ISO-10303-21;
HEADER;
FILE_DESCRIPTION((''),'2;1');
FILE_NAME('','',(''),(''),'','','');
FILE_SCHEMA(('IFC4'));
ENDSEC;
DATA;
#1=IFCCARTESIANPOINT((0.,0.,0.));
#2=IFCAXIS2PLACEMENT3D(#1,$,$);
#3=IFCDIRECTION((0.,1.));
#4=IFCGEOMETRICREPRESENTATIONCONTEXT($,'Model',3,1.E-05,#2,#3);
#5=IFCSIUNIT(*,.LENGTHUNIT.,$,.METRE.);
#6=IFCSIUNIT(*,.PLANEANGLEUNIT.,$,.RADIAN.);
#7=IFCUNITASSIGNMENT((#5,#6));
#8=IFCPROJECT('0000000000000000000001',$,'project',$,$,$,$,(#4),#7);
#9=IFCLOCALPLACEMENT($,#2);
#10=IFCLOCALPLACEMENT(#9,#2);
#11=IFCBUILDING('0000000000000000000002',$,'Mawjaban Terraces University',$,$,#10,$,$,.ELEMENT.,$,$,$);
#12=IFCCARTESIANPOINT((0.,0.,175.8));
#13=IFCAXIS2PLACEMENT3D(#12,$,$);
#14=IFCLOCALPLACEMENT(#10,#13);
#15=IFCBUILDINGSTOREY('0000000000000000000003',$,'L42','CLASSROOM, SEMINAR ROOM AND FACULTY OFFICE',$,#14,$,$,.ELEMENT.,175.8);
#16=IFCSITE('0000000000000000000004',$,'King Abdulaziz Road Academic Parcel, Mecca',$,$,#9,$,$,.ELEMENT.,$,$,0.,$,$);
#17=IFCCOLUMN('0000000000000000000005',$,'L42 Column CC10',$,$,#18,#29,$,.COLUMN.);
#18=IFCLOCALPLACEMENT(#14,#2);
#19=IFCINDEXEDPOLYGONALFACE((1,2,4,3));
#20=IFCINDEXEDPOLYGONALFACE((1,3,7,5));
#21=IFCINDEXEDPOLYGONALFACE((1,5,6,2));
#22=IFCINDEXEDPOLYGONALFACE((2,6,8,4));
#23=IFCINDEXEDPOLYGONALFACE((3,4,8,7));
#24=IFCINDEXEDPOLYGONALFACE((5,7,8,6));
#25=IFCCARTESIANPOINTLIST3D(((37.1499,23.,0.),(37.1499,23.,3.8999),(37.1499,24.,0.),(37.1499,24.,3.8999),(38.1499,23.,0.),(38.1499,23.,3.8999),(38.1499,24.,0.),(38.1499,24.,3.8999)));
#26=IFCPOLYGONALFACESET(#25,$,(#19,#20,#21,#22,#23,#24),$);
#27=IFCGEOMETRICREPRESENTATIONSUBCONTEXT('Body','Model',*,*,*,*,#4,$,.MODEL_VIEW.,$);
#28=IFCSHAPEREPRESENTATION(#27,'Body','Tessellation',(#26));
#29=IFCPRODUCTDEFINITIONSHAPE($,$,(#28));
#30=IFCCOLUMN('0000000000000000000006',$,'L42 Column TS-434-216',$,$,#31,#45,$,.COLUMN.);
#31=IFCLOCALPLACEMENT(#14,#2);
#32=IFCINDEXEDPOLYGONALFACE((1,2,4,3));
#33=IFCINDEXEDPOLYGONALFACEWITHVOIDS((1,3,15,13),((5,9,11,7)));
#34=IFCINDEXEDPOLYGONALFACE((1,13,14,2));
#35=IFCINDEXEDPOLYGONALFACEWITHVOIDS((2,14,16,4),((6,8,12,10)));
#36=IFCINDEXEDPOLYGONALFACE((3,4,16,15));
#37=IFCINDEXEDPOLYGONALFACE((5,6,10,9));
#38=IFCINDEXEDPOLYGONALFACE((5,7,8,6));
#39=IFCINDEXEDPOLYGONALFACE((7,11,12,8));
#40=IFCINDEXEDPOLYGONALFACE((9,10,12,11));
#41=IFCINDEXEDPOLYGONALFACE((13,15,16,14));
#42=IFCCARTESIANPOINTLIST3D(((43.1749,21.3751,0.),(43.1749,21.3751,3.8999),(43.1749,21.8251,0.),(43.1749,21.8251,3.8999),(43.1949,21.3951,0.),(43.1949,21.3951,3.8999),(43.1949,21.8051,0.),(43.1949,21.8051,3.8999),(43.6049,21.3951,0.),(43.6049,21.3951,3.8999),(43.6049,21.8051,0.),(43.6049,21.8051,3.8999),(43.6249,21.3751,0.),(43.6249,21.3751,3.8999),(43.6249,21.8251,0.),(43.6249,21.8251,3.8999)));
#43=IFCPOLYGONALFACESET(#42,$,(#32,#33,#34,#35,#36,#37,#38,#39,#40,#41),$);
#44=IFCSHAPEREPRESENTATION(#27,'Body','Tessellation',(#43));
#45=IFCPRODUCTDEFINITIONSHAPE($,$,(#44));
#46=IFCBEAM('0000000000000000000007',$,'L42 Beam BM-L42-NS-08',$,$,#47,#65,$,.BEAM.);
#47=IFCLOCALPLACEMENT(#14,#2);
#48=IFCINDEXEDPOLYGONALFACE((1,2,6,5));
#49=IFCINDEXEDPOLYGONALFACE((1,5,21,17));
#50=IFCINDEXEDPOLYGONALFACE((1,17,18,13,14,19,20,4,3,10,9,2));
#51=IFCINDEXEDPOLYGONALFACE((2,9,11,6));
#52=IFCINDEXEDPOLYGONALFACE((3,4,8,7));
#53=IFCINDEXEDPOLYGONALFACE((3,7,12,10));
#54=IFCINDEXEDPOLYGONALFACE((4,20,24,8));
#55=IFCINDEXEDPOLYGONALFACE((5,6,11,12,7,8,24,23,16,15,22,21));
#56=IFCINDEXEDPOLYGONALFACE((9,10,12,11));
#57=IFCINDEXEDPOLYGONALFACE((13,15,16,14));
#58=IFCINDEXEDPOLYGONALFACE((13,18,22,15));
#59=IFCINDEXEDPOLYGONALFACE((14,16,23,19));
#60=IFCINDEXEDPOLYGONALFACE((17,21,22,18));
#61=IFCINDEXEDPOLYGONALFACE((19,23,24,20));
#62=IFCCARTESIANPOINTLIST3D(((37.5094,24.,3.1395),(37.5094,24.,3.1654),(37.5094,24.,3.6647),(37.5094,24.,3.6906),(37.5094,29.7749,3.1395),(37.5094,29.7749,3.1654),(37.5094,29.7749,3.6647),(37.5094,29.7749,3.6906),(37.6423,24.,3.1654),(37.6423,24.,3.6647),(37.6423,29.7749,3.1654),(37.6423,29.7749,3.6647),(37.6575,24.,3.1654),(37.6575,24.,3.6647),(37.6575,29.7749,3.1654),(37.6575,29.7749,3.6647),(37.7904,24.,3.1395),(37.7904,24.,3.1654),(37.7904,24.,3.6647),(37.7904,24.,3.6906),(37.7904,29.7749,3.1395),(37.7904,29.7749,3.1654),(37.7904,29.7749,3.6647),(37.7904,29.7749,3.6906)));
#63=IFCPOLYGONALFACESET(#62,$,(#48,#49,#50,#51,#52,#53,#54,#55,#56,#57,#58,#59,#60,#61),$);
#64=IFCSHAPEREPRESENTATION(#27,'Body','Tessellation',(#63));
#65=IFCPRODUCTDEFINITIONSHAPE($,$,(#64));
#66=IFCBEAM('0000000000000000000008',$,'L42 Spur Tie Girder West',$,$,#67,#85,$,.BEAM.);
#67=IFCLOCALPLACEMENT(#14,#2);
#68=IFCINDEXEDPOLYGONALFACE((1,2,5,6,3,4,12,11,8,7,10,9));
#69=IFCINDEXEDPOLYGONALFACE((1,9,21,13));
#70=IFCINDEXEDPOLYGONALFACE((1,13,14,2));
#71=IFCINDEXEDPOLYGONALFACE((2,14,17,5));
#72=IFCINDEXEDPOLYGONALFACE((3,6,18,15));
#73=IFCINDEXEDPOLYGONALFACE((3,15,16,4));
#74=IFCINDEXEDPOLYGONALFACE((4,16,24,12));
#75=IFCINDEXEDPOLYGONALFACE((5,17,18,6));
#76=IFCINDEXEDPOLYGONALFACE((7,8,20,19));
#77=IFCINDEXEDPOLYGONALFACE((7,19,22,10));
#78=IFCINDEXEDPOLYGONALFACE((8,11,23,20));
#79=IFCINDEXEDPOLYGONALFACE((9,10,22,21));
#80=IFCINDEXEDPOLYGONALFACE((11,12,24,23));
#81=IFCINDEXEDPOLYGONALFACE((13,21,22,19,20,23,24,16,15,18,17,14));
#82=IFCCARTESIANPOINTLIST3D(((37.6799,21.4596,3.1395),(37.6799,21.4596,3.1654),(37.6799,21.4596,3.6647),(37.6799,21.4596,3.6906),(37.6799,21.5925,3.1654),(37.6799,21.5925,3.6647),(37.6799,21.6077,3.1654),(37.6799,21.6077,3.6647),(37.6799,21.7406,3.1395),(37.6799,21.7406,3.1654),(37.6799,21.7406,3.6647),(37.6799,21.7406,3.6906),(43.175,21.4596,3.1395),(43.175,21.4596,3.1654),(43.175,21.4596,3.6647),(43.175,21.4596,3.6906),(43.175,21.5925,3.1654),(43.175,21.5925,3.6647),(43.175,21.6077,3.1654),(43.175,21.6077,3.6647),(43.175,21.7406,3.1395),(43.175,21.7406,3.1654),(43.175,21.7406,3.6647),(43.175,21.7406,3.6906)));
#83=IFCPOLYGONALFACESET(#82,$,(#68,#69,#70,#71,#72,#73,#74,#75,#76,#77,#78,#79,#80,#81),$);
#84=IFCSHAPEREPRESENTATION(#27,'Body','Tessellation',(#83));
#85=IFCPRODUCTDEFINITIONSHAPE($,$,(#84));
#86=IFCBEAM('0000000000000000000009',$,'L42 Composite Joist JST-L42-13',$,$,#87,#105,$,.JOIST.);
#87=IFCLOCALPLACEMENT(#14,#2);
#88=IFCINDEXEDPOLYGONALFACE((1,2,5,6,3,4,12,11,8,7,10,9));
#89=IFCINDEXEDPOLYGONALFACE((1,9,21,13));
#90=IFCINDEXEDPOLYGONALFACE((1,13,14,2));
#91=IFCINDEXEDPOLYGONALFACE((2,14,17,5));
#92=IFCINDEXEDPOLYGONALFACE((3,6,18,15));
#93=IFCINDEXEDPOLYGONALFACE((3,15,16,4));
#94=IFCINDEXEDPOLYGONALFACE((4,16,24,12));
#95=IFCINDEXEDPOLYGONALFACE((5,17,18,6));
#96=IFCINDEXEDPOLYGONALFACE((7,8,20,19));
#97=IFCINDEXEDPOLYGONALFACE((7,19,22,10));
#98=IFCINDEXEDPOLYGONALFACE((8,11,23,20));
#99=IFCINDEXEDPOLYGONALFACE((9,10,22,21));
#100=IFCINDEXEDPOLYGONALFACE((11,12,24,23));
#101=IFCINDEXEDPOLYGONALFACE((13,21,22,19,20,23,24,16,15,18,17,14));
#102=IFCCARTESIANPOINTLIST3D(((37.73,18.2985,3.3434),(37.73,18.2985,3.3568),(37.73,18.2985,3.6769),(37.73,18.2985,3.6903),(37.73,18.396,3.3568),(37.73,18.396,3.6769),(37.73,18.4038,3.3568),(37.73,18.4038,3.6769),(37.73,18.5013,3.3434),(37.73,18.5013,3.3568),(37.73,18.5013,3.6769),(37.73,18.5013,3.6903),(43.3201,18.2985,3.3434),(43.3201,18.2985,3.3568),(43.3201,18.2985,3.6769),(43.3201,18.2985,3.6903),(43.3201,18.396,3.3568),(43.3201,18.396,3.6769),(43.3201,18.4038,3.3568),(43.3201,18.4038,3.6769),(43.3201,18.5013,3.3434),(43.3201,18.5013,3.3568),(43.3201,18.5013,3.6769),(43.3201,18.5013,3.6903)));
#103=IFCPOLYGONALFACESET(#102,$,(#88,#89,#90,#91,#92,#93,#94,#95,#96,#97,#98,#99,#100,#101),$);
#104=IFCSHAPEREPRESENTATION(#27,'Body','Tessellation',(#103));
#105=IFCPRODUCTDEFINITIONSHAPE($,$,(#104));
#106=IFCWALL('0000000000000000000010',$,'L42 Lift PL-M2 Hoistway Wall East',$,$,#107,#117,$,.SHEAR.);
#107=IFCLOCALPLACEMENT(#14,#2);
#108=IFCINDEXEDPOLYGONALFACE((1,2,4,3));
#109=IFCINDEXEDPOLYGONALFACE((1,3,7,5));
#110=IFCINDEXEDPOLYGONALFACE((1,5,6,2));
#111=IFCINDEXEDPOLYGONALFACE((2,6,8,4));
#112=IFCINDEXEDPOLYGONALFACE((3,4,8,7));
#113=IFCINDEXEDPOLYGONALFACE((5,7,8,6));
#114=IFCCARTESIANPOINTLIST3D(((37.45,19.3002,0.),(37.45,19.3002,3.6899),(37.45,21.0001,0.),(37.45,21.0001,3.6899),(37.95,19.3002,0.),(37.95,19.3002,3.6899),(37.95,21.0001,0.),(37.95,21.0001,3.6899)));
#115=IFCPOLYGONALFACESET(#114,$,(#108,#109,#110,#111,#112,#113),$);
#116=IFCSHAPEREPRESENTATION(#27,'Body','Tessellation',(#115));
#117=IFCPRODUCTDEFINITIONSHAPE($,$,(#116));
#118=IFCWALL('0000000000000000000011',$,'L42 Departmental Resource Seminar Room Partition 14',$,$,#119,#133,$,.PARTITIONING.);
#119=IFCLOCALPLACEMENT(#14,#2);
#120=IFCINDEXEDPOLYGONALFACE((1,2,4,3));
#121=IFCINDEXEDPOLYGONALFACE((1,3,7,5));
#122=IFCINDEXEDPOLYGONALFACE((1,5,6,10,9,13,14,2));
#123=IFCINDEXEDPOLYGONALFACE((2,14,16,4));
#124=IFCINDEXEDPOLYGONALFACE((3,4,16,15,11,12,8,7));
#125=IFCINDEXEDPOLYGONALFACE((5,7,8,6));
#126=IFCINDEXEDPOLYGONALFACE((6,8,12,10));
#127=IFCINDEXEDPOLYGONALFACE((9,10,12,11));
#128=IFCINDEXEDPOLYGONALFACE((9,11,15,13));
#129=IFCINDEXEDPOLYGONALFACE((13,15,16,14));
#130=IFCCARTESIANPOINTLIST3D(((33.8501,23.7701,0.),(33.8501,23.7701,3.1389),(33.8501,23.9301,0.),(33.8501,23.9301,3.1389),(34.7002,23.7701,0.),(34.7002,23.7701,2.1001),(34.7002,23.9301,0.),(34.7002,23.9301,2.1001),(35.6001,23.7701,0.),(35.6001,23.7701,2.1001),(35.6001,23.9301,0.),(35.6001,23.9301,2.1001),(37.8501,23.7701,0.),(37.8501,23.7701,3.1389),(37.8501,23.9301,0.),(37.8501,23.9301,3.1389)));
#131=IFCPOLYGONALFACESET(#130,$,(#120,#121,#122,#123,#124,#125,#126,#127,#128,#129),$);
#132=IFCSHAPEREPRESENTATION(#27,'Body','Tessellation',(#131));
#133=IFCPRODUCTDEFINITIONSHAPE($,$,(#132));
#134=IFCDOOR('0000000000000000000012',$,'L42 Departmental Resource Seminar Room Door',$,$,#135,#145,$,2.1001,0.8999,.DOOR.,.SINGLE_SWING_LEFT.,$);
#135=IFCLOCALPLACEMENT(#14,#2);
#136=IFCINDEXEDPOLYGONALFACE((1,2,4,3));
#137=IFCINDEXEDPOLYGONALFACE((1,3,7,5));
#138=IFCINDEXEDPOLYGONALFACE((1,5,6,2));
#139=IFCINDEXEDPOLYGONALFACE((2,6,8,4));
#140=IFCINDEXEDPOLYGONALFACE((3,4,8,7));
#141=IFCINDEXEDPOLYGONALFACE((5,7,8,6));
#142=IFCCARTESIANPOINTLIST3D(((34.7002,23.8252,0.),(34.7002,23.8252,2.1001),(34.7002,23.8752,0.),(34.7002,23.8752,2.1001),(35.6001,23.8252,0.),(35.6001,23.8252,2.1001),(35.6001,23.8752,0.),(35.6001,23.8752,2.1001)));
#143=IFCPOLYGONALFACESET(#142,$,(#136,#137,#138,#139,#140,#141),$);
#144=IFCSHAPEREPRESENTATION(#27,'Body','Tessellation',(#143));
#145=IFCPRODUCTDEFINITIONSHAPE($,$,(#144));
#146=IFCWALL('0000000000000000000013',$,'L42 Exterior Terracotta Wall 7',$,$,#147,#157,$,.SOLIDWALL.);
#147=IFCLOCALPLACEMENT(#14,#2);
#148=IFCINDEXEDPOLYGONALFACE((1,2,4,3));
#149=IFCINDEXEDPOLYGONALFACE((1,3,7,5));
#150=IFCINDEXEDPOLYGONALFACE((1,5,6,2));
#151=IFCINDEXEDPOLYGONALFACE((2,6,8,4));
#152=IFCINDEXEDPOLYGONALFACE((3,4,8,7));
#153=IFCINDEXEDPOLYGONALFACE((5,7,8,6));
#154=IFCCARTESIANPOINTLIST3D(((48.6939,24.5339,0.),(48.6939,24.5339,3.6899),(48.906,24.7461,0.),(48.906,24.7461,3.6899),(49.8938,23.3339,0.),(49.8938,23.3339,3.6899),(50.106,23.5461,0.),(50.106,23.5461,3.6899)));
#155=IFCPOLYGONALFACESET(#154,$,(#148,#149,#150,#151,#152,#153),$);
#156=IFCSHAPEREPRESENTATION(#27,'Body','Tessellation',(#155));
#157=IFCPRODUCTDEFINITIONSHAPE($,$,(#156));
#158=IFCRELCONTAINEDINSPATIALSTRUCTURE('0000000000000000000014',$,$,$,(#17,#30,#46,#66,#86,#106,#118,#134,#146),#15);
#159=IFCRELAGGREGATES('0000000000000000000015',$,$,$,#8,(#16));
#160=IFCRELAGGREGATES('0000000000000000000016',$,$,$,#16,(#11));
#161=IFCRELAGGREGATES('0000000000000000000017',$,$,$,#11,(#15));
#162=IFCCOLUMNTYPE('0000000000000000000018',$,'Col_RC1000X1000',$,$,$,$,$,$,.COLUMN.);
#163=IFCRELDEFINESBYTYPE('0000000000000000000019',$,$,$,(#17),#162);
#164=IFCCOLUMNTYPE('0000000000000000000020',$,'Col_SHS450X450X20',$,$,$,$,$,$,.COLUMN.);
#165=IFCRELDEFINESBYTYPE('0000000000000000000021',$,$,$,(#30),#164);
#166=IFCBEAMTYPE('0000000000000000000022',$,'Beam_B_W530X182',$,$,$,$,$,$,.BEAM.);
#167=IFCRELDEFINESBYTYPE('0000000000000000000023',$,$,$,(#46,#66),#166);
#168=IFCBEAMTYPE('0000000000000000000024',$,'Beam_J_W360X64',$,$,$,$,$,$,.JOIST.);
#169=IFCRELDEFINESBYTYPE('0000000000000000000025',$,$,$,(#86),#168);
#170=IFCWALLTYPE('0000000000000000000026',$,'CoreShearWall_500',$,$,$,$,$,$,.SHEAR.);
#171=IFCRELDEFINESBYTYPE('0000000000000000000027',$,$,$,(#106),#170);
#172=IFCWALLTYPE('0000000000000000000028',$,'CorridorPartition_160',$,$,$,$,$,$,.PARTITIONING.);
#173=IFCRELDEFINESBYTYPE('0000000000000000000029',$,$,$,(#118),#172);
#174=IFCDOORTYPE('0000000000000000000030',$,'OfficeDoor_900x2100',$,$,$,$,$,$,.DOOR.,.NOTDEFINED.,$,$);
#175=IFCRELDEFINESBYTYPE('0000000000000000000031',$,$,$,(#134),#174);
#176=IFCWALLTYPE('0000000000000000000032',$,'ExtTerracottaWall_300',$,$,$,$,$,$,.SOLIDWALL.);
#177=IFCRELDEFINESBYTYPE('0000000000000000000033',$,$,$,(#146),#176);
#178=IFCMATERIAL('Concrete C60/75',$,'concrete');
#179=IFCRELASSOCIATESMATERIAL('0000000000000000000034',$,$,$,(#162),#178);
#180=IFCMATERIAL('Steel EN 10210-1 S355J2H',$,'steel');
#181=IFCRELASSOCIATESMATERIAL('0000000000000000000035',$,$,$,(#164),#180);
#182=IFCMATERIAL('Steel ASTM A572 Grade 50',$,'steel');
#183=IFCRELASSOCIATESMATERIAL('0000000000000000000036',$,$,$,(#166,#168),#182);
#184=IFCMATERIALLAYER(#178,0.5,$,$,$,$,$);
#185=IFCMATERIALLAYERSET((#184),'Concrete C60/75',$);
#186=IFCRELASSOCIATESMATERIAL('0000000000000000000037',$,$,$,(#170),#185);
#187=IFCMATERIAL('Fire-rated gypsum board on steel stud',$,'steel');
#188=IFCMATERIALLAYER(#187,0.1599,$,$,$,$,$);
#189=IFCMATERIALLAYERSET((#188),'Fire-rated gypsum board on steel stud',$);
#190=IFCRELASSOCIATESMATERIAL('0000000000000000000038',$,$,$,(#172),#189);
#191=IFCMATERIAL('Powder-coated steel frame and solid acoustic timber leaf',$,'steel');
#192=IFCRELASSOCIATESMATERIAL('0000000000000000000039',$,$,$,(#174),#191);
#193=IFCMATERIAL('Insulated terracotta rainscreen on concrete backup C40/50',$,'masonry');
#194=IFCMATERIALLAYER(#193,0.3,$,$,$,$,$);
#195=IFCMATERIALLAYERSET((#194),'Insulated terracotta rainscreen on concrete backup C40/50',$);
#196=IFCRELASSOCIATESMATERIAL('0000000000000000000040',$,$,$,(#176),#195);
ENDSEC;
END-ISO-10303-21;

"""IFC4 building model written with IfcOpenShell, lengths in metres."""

from ifc_helpers import new_model, si_unit, direction, frame, frame_2d, origin, origin_2d, place, context, subcontext, project, spatial, rectangle, hollow_rectangle, i_section, extrude, material, layer, layer_set, material_profile, profile_set, type_object, element, fill, save


model = new_model("IFC4")

# Units and contexts
model_context = context("Model", 3, precision=1e-05, world=origin(), true_north=direction((0.0, 1.0)))
body_context = subcontext(model_context, "Body", "Model", "MODEL_VIEW")
ifc_project = project(units=[si_unit("LENGTHUNIT", "METRE"), si_unit("PLANEANGLEUNIT", "RADIAN")], contexts=[model_context])

# Site, building, storey
site_placement = place(None, origin())
site = spatial("IfcSite", under=ifc_project, at=site_placement, Name="King Abdulaziz Road Academic Parcel, Mecca", CompositionType="ELEMENT", RefElevation=0.0)
building_placement = place(site_placement, origin())
building = spatial("IfcBuilding", under=site, at=building_placement, Name="Mawjaban Terraces University", CompositionType="ELEMENT")
storey_placement = place(building_placement, frame((0.0, 0.0, 175.8)))
storey = spatial("IfcBuildingStorey", under=building, at=storey_placement, Name="L42", Description="CLASSROOM, SEMINAR ROOM AND FACULTY OFFICE", CompositionType="ELEMENT", Elevation=175.8)

# Columns
ifc_material_1 = material(Name="Concrete C60/75", Category="concrete")
ifc_material_profile_1 = material_profile(ifc_material_1, rectangle(XDim=1.0, YDim=1.0, at=origin_2d()), Name="RC1000X1000")
ifc_profile_set_1 = profile_set([ifc_material_profile_1], Name="Concrete C60/75")
column_type_1 = type_object("IfcColumnType", Name="Col_RC1000X1000", PredefinedType="COLUMN", material=ifc_profile_set_1)
column_1_placement = place(storey_placement, frame((37.6499, 23.5, 0.0), z_axis=(0.0, 0.0, 1.0), x_axis=(1.0, 0.0, 0.0)))
element("IfcColumn", 1, at=column_1_placement, inside=storey, type_object=column_type_1, Name="L42 Column CC10", PredefinedType="COLUMN", context=body_context, shape_type="SweptSolid", body=[
    extrude(rectangle(XDim=1.0, YDim=1.0, at=origin_2d()), origin(), (0.0, 0.0, 1.0), 3.8999),
])
ifc_material_2 = material(Name="Steel EN 10210-1 S355J2H", Category="steel")
ifc_material_profile_2 = material_profile(ifc_material_2, hollow_rectangle(XDim=0.45, YDim=0.45, WallThickness=0.02, at=origin_2d()), Name="SHS450X450X20")
ifc_profile_set_2 = profile_set([ifc_material_profile_2], Name="Steel EN 10210-1 S355J2H")
column_type_2 = type_object("IfcColumnType", Name="Col_SHS450X450X20", PredefinedType="COLUMN", material=ifc_profile_set_2)
column_2_placement = place(storey_placement, frame((43.3999, 21.6001, 0.0), z_axis=(0.0, 0.0, 1.0), x_axis=(1.0, 0.0, 0.0)))
element("IfcColumn", 2, at=column_2_placement, inside=storey, type_object=column_type_2, Name="L42 Column TS-434-216", PredefinedType="COLUMN", context=body_context, shape_type="SweptSolid", body=[
    extrude(hollow_rectangle(XDim=0.45, YDim=0.45, WallThickness=0.02, at=origin_2d()), origin(), (0.0, 0.0, 1.0), 3.8999),
])

# Beams
ifc_material_3 = material(Name="Steel ASTM A572 Grade 50", Category="steel")
ifc_material_profile_3 = material_profile(ifc_material_3, i_section(OverallWidth=0.281, OverallDepth=0.551, WebThickness=0.0151, FlangeThickness=0.0259, at=origin_2d()), Name="W530X182")
ifc_profile_set_3 = profile_set([ifc_material_profile_3], Name="Steel ASTM A572 Grade 50")
beam_type_1 = type_object("IfcBeamType", Name="Beam_B_W530X182", PredefinedType="BEAM", material=ifc_profile_set_3)
beam_1_placement = place(storey_placement, frame((37.6499, 24.0, 3.415), z_axis=(0.0, 1.0, 0.0), x_axis=(-1.0, 0.0, 0.0)))
element("IfcBeam", 3, at=beam_1_placement, inside=storey, type_object=beam_type_1, Name="L42 Beam BM-L42-NS-08", PredefinedType="BEAM", context=body_context, shape_type="SweptSolid", body=[
    extrude(i_section(OverallWidth=0.281, OverallDepth=0.551, WebThickness=0.0151, FlangeThickness=0.0259, at=origin_2d()), origin(), (0.0, 0.0, 1.0), 5.7749),
])
beam_2_placement = place(storey_placement, frame((37.6799, 21.6001, 3.415), z_axis=(1.0, 0.0, 0.0), x_axis=(0.0, 1.0, 0.0)))
element("IfcBeam", 4, at=beam_2_placement, inside=storey, type_object=beam_type_1, Name="L42 Spur Tie Girder West", PredefinedType="BEAM", context=body_context, shape_type="SweptSolid", body=[
    extrude(i_section(OverallWidth=0.281, OverallDepth=0.551, WebThickness=0.0151, FlangeThickness=0.0259, at=origin_2d()), origin(), (0.0, 0.0, 1.0), 5.4951),
])
ifc_material_profile_4 = material_profile(ifc_material_3, i_section(OverallWidth=0.2029, OverallDepth=0.3469, WebThickness=0.0078, FlangeThickness=0.0134, at=origin_2d()), Name="W360X64")
ifc_profile_set_4 = profile_set([ifc_material_profile_4], Name="Steel ASTM A572 Grade 50")
beam_type_2 = type_object("IfcBeamType", Name="Beam_J_W360X64", PredefinedType="JOIST", material=ifc_profile_set_4)
beam_3_placement = place(storey_placement, frame((37.73, 18.3999, 3.5168), z_axis=(1.0, 0.0, 0.0), x_axis=(0.0, 1.0, 0.0)))
element("IfcBeam", 5, at=beam_3_placement, inside=storey, type_object=beam_type_2, Name="L42 Composite Joist JST-L42-13", PredefinedType="JOIST", context=body_context, shape_type="SweptSolid", body=[
    extrude(i_section(OverallWidth=0.2029, OverallDepth=0.3469, WebThickness=0.0078, FlangeThickness=0.0134, at=origin_2d()), origin(), (0.0, 0.0, 1.0), 5.5901),
])

# Wall
ifc_layer_1 = layer(ifc_material_1, 0.5)
ifc_layer_set_1 = layer_set([ifc_layer_1], Name="Concrete C60/75")
wall_type_1 = type_object("IfcWallType", Name="CoreShearWall_500", PredefinedType="SHEAR", material=ifc_layer_set_1)
wall_1_placement = place(storey_placement, frame((37.7, 19.3, 0.0), z_axis=(0.0, 0.0, 1.0), x_axis=(0.0, 1.0, 0.0)))
element("IfcWall", 6, at=wall_1_placement, inside=storey, type_object=wall_type_1, Name="L42 Lift PL-M2 Hoistway Wall East", PredefinedType="SHEAR", context=body_context, shape_type="SweptSolid", body=[
    extrude(rectangle(XDim=1.7, YDim=0.5, at=frame_2d((0.8501, 0.0))), origin(), (0.0, 0.0, 1.0), 3.6899),
])

# Wall, opening, door
ifc_material_4 = material(Name="Fire-rated gypsum board on steel stud", Category="steel")
ifc_layer_2 = layer(ifc_material_4, 0.1599)
ifc_layer_set_2 = layer_set([ifc_layer_2], Name="Fire-rated gypsum board on steel stud")
wall_type_2 = type_object("IfcWallType", Name="CorridorPartition_160", PredefinedType="PARTITIONING", material=ifc_layer_set_2)
wall_2_placement = place(storey_placement, frame((37.8501, 23.8501, 0.0), z_axis=(0.0, 0.0, 1.0), x_axis=(-1.0, 0.0, 0.0)))
wall_2 = element("IfcWall", 7, at=wall_2_placement, inside=storey, type_object=wall_type_2, Name="L42 Departmental Resource Seminar Room Partition 14", PredefinedType="PARTITIONING", context=body_context, shape_type="SweptSolid", body=[
    extrude(rectangle(XDim=4.0, YDim=0.1599, at=frame_2d((2.0, 0.0))), origin(), (0.0, 0.0, 1.0), 3.1389),
])
opening_1_placement = place(wall_2_placement, frame((2.25, 0.0, 0.0)))
opening_1 = element("IfcOpeningElement", 8, at=opening_1_placement, cuts=wall_2, PredefinedType="OPENING", context=body_context, shape_type="SweptSolid", body=[
    extrude(rectangle(XDim=0.8999, YDim=2.1001, at=frame_2d((0.45, 1.05))), frame((0.0, 0.0898, 0.0), z_axis=(0.0, -1.0, 0.0), x_axis=(1.0, 0.0, 0.0)), (0.0, 0.0, 1.0), 0.1799),
])
ifc_material_5 = material(Name="Powder-coated steel frame and solid acoustic timber leaf", Category="steel")
door_type_1 = type_object("IfcDoorType", Name="OfficeDoor_900x2100", OperationType="NOTDEFINED", PredefinedType="DOOR", material=ifc_material_5)
door_1_placement = place(opening_1_placement, origin())
door_1 = element("IfcDoor", 9, at=door_1_placement, inside=storey, type_object=door_type_1, Name="L42 Departmental Resource Seminar Room Door", OperationType="SINGLE_SWING_LEFT", OverallHeight=2.1001, OverallWidth=0.8999, PredefinedType="DOOR", context=body_context, shape_type="SweptSolid", body=[
    extrude(rectangle(XDim=0.8999, YDim=2.1001, at=frame_2d((0.45, 1.05))), frame((0.0, 0.0249, 0.0), z_axis=(0.0, -1.0, 0.0), x_axis=(1.0, 0.0, 0.0)), (0.0, 0.0, 1.0), 0.05),
])
fill(opening_1, door_1)

# Wall
ifc_material_6 = material(Name="Insulated terracotta rainscreen on concrete backup C40/50", Category="masonry")
ifc_layer_3 = layer(ifc_material_6, 0.3)
ifc_layer_set_3 = layer_set([ifc_layer_3], Name="Insulated terracotta rainscreen on concrete backup C40/50")
wall_type_3 = type_object("IfcWallType", Name="ExtTerracottaWall_300", PredefinedType="SOLIDWALL", material=ifc_layer_set_3)
wall_3_placement = place(storey_placement, frame((50.0, 23.4399, 0.0), z_axis=(0.0, 0.0, 1.0), x_axis=(-0.707107, 0.707107, 0.0)))
element("IfcWall", 10, at=wall_3_placement, inside=storey, type_object=wall_type_3, Name="L42 Exterior Terracotta Wall 7", PredefinedType="SOLIDWALL", context=body_context, shape_type="SweptSolid", body=[
    extrude(rectangle(XDim=1.697, YDim=0.3, at=frame_2d((0.8486, 0.0))), origin(), (0.0, 0.0, 1.0), 3.6899),
])

save(model, "model.ifc")
